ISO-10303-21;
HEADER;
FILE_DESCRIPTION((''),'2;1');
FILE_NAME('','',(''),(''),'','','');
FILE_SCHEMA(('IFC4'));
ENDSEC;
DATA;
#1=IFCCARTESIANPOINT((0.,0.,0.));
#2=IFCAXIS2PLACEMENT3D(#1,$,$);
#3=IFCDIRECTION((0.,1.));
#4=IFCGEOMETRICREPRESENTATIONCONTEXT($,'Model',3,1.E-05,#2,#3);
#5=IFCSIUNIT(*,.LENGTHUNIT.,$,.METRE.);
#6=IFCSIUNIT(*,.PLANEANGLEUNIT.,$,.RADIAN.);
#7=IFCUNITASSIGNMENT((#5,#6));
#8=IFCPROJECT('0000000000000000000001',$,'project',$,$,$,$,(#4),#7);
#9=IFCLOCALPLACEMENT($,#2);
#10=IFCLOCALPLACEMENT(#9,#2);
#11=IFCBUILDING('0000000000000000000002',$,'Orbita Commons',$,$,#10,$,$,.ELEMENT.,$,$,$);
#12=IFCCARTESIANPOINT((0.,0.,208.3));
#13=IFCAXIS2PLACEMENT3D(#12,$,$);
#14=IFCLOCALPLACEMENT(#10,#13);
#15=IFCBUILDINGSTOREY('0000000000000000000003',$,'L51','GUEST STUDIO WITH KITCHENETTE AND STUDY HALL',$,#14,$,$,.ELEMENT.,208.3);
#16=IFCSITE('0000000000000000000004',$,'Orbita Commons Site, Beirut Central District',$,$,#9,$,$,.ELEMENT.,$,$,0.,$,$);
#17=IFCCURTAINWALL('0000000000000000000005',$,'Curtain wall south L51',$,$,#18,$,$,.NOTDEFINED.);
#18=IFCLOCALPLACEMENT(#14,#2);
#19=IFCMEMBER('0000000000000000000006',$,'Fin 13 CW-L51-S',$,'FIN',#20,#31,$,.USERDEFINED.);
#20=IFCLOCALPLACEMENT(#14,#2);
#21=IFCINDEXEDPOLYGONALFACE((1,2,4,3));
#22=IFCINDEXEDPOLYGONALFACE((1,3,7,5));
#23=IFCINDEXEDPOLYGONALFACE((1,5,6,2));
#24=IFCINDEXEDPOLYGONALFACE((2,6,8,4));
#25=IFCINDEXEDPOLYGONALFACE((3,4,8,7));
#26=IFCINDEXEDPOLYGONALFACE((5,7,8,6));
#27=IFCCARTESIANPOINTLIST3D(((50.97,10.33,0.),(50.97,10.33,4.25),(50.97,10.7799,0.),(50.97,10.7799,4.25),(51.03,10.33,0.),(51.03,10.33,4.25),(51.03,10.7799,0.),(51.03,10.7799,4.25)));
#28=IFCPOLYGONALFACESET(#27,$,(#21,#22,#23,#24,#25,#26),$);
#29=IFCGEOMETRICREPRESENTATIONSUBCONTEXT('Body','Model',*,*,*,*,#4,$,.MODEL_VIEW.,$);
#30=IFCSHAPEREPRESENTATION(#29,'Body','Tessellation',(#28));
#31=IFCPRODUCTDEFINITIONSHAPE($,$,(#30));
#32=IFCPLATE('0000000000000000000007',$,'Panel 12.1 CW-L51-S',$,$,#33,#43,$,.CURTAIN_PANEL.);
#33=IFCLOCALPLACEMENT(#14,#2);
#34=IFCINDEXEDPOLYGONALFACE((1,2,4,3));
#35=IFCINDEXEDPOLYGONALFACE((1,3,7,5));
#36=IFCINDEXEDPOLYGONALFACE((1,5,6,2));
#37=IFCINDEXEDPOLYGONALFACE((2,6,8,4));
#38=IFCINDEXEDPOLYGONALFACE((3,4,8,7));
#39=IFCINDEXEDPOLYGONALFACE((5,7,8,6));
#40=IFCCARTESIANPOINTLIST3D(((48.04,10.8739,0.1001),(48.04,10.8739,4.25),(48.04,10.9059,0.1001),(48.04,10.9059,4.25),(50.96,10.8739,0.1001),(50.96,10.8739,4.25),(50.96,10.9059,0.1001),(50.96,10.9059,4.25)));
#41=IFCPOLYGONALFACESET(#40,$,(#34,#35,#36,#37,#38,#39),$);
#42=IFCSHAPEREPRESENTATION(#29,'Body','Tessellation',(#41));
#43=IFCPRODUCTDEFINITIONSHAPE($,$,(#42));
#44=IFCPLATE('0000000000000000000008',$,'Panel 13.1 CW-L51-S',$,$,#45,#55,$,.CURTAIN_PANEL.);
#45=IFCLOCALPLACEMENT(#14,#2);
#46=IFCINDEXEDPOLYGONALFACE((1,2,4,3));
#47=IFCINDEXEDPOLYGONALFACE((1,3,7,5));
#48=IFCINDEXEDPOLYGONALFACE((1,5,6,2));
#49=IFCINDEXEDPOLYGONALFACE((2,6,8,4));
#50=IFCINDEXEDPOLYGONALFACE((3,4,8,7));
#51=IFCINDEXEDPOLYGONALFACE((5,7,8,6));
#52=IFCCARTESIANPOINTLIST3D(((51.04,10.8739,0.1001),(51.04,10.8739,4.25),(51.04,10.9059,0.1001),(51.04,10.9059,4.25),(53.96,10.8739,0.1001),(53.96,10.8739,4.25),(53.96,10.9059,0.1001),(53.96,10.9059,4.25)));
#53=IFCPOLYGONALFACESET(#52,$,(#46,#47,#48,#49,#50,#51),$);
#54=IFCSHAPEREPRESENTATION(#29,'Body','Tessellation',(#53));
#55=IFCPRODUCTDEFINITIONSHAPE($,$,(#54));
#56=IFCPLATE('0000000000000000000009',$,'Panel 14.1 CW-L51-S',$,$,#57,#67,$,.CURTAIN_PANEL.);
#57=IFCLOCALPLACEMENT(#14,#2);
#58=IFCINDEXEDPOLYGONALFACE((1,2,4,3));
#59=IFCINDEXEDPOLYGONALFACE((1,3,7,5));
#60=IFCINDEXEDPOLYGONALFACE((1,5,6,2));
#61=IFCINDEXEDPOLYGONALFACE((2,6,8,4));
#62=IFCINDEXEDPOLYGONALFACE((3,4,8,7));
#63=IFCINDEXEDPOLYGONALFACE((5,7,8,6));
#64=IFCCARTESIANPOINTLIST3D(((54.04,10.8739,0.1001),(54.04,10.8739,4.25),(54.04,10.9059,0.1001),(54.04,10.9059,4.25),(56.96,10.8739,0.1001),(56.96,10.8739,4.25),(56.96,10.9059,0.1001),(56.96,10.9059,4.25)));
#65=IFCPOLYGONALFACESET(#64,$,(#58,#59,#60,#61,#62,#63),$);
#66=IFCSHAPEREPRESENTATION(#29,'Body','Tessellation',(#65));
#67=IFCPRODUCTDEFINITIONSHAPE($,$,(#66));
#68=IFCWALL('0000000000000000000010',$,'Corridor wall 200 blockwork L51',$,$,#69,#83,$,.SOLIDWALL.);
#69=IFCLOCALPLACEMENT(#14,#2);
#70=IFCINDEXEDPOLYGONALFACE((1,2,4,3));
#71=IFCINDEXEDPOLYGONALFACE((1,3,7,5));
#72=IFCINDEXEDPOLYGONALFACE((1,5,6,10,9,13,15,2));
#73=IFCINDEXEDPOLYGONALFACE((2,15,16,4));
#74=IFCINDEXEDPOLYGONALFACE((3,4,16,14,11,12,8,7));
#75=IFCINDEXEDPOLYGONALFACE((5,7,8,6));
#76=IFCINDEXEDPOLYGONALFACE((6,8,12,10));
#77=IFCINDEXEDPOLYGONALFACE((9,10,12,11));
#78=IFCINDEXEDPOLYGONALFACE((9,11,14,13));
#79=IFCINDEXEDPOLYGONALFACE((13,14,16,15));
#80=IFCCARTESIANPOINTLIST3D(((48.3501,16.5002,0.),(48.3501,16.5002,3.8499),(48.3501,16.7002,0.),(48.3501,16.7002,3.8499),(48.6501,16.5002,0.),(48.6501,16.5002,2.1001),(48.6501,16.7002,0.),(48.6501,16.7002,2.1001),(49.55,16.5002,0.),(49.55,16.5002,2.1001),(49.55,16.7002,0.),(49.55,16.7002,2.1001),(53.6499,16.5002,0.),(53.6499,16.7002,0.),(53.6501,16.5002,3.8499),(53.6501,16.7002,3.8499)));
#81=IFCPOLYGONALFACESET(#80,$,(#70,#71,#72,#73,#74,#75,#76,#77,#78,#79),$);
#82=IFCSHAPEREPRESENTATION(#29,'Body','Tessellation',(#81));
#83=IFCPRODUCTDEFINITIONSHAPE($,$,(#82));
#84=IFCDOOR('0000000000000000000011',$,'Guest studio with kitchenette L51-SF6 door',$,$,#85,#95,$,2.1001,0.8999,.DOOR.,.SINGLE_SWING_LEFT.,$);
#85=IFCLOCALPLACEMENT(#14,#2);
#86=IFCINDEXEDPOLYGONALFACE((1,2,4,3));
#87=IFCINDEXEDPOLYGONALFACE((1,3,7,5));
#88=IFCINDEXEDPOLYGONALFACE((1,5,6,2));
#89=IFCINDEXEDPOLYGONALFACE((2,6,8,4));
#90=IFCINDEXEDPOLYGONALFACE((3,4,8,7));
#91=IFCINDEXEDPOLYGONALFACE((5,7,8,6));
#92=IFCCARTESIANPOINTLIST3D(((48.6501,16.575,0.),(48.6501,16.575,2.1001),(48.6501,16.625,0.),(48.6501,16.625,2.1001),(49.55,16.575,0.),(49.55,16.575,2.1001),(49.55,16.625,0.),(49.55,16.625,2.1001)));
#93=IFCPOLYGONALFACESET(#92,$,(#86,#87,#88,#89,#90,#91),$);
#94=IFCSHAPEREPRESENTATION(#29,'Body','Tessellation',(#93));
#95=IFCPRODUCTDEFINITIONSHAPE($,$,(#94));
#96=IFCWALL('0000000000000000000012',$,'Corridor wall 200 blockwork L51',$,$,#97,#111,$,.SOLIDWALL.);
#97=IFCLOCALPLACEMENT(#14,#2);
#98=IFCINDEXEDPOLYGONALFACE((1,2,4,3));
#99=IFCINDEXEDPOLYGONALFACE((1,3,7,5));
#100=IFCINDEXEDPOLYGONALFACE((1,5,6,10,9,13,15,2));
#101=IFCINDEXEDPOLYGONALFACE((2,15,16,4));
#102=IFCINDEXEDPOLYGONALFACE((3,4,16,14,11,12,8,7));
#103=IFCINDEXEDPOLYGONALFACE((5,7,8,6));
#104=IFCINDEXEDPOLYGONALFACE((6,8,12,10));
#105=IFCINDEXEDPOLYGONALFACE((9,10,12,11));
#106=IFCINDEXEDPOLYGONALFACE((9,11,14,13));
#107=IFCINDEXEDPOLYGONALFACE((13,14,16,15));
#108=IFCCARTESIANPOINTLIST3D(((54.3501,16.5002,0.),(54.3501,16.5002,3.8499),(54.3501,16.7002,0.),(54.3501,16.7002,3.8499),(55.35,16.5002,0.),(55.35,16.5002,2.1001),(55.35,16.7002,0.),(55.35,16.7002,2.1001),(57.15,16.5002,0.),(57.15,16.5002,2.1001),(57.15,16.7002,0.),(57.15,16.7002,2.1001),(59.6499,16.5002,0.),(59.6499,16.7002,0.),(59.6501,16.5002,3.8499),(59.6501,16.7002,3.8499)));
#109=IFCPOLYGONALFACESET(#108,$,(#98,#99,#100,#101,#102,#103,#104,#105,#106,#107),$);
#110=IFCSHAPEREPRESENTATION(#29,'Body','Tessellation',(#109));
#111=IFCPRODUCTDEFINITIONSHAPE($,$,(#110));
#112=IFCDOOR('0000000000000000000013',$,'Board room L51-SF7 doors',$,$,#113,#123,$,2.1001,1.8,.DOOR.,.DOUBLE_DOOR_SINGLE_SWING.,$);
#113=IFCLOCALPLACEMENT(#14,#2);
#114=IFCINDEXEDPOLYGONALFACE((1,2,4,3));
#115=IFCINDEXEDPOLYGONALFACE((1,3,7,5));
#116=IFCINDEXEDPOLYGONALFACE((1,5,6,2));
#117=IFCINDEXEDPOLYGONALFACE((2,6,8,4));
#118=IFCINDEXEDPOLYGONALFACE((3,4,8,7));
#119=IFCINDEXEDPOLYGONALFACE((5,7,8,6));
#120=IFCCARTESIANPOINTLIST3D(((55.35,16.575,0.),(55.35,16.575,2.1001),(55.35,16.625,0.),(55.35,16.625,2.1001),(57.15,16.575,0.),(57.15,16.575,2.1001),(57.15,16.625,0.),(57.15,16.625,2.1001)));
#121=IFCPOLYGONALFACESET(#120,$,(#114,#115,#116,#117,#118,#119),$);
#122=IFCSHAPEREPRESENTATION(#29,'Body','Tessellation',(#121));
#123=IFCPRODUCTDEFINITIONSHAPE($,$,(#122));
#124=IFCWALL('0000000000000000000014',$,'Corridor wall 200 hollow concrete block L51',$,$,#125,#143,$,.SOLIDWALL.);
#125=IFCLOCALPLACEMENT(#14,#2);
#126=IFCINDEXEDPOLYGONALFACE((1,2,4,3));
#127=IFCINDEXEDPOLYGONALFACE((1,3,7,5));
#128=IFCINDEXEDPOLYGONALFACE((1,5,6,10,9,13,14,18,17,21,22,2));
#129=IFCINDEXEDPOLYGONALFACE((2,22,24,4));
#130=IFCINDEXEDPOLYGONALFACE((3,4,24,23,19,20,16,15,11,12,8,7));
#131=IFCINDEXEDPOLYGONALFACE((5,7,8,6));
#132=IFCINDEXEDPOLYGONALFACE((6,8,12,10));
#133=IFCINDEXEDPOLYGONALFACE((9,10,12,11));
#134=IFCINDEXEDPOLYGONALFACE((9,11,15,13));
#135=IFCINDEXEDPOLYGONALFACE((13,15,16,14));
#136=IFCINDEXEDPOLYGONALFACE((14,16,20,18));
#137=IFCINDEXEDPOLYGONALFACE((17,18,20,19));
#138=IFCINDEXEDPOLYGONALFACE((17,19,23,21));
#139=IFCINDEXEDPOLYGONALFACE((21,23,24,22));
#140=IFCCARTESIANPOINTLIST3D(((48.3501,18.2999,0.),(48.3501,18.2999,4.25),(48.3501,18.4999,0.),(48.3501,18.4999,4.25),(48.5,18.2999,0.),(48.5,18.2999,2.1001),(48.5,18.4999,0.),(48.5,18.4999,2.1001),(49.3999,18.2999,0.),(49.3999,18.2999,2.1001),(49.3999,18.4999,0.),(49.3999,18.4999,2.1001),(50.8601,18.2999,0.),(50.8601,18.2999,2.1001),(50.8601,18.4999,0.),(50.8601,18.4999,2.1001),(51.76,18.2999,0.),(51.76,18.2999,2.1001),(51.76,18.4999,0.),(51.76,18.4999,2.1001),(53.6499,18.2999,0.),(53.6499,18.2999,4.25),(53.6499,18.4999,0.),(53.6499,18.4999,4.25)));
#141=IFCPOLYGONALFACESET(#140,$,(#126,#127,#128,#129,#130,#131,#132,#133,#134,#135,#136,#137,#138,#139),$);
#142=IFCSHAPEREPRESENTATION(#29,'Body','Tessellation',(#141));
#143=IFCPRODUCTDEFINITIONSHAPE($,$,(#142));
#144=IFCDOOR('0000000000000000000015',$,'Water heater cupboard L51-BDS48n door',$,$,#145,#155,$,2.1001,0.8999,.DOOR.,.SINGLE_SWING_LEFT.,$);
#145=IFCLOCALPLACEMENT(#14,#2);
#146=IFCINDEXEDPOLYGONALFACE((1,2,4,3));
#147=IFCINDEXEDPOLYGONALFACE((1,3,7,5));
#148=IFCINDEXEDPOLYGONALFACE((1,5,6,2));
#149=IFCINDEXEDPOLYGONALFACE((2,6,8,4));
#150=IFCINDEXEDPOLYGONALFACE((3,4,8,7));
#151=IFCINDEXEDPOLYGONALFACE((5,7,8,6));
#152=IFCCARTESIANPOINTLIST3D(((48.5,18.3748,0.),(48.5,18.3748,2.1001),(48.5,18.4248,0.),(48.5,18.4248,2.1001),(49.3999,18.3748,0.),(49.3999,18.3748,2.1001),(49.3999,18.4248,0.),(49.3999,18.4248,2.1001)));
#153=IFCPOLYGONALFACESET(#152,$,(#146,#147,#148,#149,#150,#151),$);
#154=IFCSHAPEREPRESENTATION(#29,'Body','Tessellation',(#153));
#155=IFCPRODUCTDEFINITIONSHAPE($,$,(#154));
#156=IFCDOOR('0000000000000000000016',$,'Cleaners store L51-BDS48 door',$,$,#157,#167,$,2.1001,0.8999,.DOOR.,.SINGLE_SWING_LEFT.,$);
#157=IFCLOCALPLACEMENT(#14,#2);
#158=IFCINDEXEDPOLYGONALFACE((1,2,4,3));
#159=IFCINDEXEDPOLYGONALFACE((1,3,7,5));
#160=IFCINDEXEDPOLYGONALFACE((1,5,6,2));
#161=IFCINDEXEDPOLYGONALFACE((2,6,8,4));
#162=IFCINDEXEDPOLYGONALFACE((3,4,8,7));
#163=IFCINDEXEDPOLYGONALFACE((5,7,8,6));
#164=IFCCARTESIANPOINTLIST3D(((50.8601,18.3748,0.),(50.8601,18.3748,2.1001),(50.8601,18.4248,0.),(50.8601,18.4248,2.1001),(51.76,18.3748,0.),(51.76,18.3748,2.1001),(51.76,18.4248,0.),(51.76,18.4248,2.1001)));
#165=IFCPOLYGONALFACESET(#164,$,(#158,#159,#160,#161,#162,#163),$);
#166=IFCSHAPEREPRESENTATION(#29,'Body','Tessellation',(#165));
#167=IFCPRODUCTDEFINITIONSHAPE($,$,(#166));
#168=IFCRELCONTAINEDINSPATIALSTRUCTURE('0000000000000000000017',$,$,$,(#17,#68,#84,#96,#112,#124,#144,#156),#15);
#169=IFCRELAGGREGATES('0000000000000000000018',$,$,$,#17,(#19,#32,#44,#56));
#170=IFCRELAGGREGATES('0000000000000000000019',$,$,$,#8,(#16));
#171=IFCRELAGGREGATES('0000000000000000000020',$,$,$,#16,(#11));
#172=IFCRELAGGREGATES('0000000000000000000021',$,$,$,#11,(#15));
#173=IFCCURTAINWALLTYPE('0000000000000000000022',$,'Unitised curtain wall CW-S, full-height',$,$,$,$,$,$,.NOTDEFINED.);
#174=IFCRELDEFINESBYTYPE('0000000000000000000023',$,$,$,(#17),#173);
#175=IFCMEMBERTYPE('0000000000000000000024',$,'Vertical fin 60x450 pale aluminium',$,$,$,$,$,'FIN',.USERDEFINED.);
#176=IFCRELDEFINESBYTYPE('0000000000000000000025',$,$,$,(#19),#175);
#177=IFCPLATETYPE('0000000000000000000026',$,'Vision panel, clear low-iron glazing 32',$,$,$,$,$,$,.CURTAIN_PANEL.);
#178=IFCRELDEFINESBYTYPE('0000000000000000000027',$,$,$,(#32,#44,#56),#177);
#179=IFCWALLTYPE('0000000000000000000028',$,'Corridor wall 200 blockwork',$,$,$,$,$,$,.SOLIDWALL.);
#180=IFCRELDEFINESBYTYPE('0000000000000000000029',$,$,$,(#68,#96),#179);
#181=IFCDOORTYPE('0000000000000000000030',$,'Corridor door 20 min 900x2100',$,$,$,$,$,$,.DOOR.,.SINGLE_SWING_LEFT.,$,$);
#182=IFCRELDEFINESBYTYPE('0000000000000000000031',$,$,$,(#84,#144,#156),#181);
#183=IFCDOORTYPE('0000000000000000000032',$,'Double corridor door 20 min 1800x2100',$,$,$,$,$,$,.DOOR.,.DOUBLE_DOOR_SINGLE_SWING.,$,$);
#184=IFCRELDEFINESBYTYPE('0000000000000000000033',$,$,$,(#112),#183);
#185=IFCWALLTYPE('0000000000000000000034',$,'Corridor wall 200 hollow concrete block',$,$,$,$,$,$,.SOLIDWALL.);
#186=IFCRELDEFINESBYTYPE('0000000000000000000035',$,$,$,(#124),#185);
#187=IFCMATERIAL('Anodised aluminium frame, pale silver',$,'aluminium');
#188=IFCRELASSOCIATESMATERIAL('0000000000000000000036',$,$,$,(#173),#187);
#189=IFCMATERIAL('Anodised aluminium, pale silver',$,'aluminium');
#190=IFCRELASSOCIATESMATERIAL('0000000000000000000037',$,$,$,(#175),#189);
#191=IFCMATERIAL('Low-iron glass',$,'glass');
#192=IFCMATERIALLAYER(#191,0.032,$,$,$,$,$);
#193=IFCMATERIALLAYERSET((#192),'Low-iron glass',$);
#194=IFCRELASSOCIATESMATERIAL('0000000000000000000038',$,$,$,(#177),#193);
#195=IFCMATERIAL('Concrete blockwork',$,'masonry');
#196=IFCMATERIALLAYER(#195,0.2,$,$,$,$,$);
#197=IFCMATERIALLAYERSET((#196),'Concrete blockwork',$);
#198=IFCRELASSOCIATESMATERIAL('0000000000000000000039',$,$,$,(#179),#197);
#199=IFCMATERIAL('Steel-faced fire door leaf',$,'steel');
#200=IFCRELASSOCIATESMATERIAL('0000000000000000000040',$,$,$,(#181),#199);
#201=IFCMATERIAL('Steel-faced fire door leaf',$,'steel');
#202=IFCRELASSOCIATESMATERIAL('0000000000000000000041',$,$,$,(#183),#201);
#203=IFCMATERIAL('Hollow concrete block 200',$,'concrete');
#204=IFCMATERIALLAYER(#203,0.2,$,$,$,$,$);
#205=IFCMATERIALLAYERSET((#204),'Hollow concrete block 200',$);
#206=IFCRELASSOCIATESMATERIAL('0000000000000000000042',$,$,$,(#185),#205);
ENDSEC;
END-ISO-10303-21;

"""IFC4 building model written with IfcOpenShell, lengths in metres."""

from ifc_helpers import new_model, si_unit, direction, frame, frame_2d, origin, origin_2d, place, context, subcontext, project, spatial, polyline, rectangle, outline, extrude, material, layer, layer_set, material_profile, profile_set, type_object, element, fill, aggregate, save


model = new_model("IFC4")

# Units and contexts
model_context = context("Model", 3, precision=1e-05, world=origin(), true_north=direction((0.0, 1.0)))
body_context = subcontext(model_context, "Body", "Model", "MODEL_VIEW")
ifc_project = project(units=[si_unit("LENGTHUNIT", "METRE"), si_unit("PLANEANGLEUNIT", "RADIAN")], contexts=[model_context])

# Site, building, storey
site_placement = place(None, origin())
site = spatial("IfcSite", under=ifc_project, at=site_placement, Name="Orbita Commons Site, Beirut Central District", CompositionType="ELEMENT", RefElevation=0.0)
building_placement = place(site_placement, origin())
building = spatial("IfcBuilding", under=site, at=building_placement, Name="Orbita Commons", CompositionType="ELEMENT")
storey_placement = place(building_placement, frame((0.0, 0.0, 208.3)))
storey = spatial("IfcBuildingStorey", under=building, at=storey_placement, Name="L51", Description="GUEST STUDIO WITH KITCHENETTE AND STUDY HALL", CompositionType="ELEMENT", Elevation=208.3)

# Curtain wall
ifc_material_1 = material(Name="Anodised aluminium frame, pale silver", Category="aluminium")
curtain_wall_type = type_object("IfcCurtainWallType", Name="Unitised curtain wall CW-S, full-height", PredefinedType="NOTDEFINED", material=ifc_material_1)
curtain_wall_placement = place(storey_placement, origin())
curtain_wall = element("IfcCurtainWall", 1, at=curtain_wall_placement, inside=storey, type_object=curtain_wall_type, Name="Curtain wall south L51", PredefinedType="NOTDEFINED")

# Member
ifc_material_2 = material(Name="Anodised aluminium, pale silver", Category="aluminium")
ifc_material_profile_1 = material_profile(ifc_material_2, rectangle(XDim=0.0601, YDim=0.45, at=origin_2d()), Name="FIN 60x450")
ifc_profile_set_1 = profile_set([ifc_material_profile_1], Name="Anodised aluminium, pale silver")
member_type_1 = type_object("IfcMemberType", Name="Vertical fin 60x450 pale aluminium", ElementType="FIN", PredefinedType="USERDEFINED", material=ifc_profile_set_1)
member_1_placement = place(storey_placement, frame((51.0, 10.5549, 0.0), z_axis=(0.0, 0.0, 1.0), x_axis=(1.0, 0.0, 0.0)))
member_1 = element("IfcMember", 2, at=member_1_placement, type_object=member_type_1, Name="Fin 13 CW-L51-S", ObjectType="FIN", PredefinedType="USERDEFINED", context=body_context, shape_type="SweptSolid", body=[
    extrude(rectangle(XDim=0.0601, YDim=0.45, at=origin_2d()), origin(), (0.0, 0.0, 1.0), 4.25),
])

# Plates
ifc_material_3 = material(Name="Low-iron glass", Category="glass")
ifc_layer_1 = layer(ifc_material_3, 0.032)
ifc_layer_set_1 = layer_set([ifc_layer_1], Name="Low-iron glass")
plate_type = type_object("IfcPlateType", Name="Vision panel, clear low-iron glazing 32", PredefinedType="CURTAIN_PANEL", material=ifc_layer_set_1)
plate_1_placement = place(storey_placement, frame((49.5, 10.8899, 0.1001), z_axis=(0.0, 0.0, 1.0), x_axis=(1.0, 0.0, 0.0)))
plate_1 = element("IfcPlate", 3, at=plate_1_placement, type_object=plate_type, Name="Panel 12.1 CW-L51-S", PredefinedType="CURTAIN_PANEL", context=body_context, shape_type="SweptSolid", body=[
    extrude(rectangle(XDim=2.9199, YDim=0.032, at=origin_2d()), origin(), (0.0, 0.0, 1.0), 4.1499),
])
plate_2_placement = place(storey_placement, frame((52.5, 10.8899, 0.1001), z_axis=(0.0, 0.0, 1.0), x_axis=(1.0, 0.0, 0.0)))
plate_2 = element("IfcPlate", 4, at=plate_2_placement, type_object=plate_type, Name="Panel 13.1 CW-L51-S", PredefinedType="CURTAIN_PANEL", context=body_context, shape_type="SweptSolid", body=[
    extrude(rectangle(XDim=2.9199, YDim=0.032, at=origin_2d()), origin(), (0.0, 0.0, 1.0), 4.1499),
])
plate_3_placement = place(storey_placement, frame((55.5, 10.8899, 0.1001), z_axis=(0.0, 0.0, 1.0), x_axis=(1.0, 0.0, 0.0)))
plate_3 = element("IfcPlate", 5, at=plate_3_placement, type_object=plate_type, Name="Panel 14.1 CW-L51-S", PredefinedType="CURTAIN_PANEL", context=body_context, shape_type="SweptSolid", body=[
    extrude(rectangle(XDim=2.9199, YDim=0.032, at=origin_2d()), origin(), (0.0, 0.0, 1.0), 4.1499),
])
aggregate(curtain_wall, [member_1, plate_1, plate_2, plate_3])

# Walls, openings, doors
ifc_material_4 = material(Name="Concrete blockwork", Category="masonry")
ifc_layer_2 = layer(ifc_material_4, 0.2)
ifc_layer_set_2 = layer_set([ifc_layer_2], Name="Concrete blockwork")
wall_type_1 = type_object("IfcWallType", Name="Corridor wall 200 blockwork", PredefinedType="SOLIDWALL", material=ifc_layer_set_2)
wall_1_placement = place(storey_placement, frame((48.3501, 16.6001, 0.0), z_axis=(0.0, 0.0, 1.0), x_axis=(1.0, 0.0, 0.0)))
wall_1 = element("IfcWall", 6, at=wall_1_placement, inside=storey, type_object=wall_type_1, Name="Corridor wall 200 blockwork L51", PredefinedType="SOLIDWALL", context=body_context, shape_type="SweptSolid", body=[
    extrude(outline(polyline([(0.0, 0.0), (5.2998, 0.0), (5.3, 3.8499), (0.0, 3.8499), (0.0, 0.0)])), frame((0.0, 0.1001, 0.0), z_axis=(0.0, -1.0, 0.0), x_axis=(1.0, 0.0, 0.0)), (0.0, 0.0, 1.0), 0.2),
])
opening_1_placement = place(wall_1_placement, frame((0.3, 0.0, 0.0)))
opening_1 = element("IfcOpeningElement", 7, at=opening_1_placement, cuts=wall_1, PredefinedType="OPENING", context=body_context, shape_type="SweptSolid", body=[
    extrude(rectangle(XDim=0.8999, YDim=2.1001, at=frame_2d((0.45, 1.05))), frame((0.0, 0.1099, 0.0), z_axis=(0.0, -1.0, 0.0), x_axis=(1.0, 0.0, 0.0)), (0.0, 0.0, 1.0), 0.22),
])
ifc_material_5 = material(Name="Steel-faced fire door leaf", Category="steel")
door_type_1 = type_object("IfcDoorType", Name="Corridor door 20 min 900x2100", OperationType="SINGLE_SWING_LEFT", PredefinedType="DOOR", material=ifc_material_5)
door_1_placement = place(opening_1_placement, origin())
door_1 = element("IfcDoor", 8, at=door_1_placement, inside=storey, type_object=door_type_1, Name="Guest studio with kitchenette L51-SF6 door", OperationType="SINGLE_SWING_LEFT", OverallHeight=2.1001, OverallWidth=0.8999, PredefinedType="DOOR", context=body_context, shape_type="SweptSolid", body=[
    extrude(rectangle(XDim=0.8999, YDim=2.1001, at=frame_2d((0.45, 1.05))), frame((0.0, 0.0249, 0.0), z_axis=(0.0, -1.0, 0.0), x_axis=(1.0, 0.0, 0.0)), (0.0, 0.0, 1.0), 0.05),
])
fill(opening_1, door_1)
wall_2_placement = place(storey_placement, frame((54.3501, 16.6001, 0.0), z_axis=(0.0, 0.0, 1.0), x_axis=(1.0, 0.0, 0.0)))
wall_2 = element("IfcWall", 9, at=wall_2_placement, inside=storey, type_object=wall_type_1, Name="Corridor wall 200 blockwork L51", PredefinedType="SOLIDWALL", context=body_context, shape_type="SweptSolid", body=[
    extrude(outline(polyline([(0.0, 0.0), (5.2998, 0.0), (5.3, 3.8499), (0.0, 3.8499), (0.0, 0.0)])), frame((0.0, 0.1001, 0.0), z_axis=(0.0, -1.0, 0.0), x_axis=(1.0, 0.0, 0.0)), (0.0, 0.0, 1.0), 0.2),
])
opening_2_placement = place(wall_2_placement, frame((1.0, 0.0, 0.0)))
opening_2 = element("IfcOpeningElement", 10, at=opening_2_placement, cuts=wall_2, PredefinedType="OPENING", context=body_context, shape_type="SweptSolid", body=[
    extrude(rectangle(XDim=1.8, YDim=2.1001, at=frame_2d((0.8999, 1.05))), frame((0.0, 0.1099, 0.0), z_axis=(0.0, -1.0, 0.0), x_axis=(1.0, 0.0, 0.0)), (0.0, 0.0, 1.0), 0.22),
])
ifc_material_6 = material(Name="Steel-faced fire door leaf", Category="steel")
door_type_2 = type_object("IfcDoorType", Name="Double corridor door 20 min 1800x2100", OperationType="DOUBLE_DOOR_SINGLE_SWING", PredefinedType="DOOR", material=ifc_material_6)
door_2_placement = place(opening_2_placement, origin())
door_2 = element("IfcDoor", 11, at=door_2_placement, inside=storey, type_object=door_type_2, Name="Board room L51-SF7 doors", OperationType="DOUBLE_DOOR_SINGLE_SWING", OverallHeight=2.1001, OverallWidth=1.8, PredefinedType="DOOR", context=body_context, shape_type="SweptSolid", body=[
    extrude(rectangle(XDim=1.8, YDim=2.1001, at=frame_2d((0.8999, 1.05))), frame((0.0, 0.0249, 0.0), z_axis=(0.0, -1.0, 0.0), x_axis=(1.0, 0.0, 0.0)), (0.0, 0.0, 1.0), 0.05),
])
fill(opening_2, door_2)

# Wall, openings, doors
ifc_material_7 = material(Name="Hollow concrete block 200", Category="concrete")
ifc_layer_3 = layer(ifc_material_7, 0.2)
ifc_layer_set_3 = layer_set([ifc_layer_3], Name="Hollow concrete block 200")
wall_type_2 = type_object("IfcWallType", Name="Corridor wall 200 hollow concrete block", PredefinedType="SOLIDWALL", material=ifc_layer_set_3)
wall_3_placement = place(storey_placement, frame((48.3501, 18.3999, 0.0), z_axis=(0.0, 0.0, 1.0), x_axis=(1.0, 0.0, 0.0)))
wall_3 = element("IfcWall", 12, at=wall_3_placement, inside=storey, type_object=wall_type_2, Name="Corridor wall 200 hollow concrete block L51", PredefinedType="SOLIDWALL", context=body_context, shape_type="SweptSolid", body=[
    extrude(rectangle(XDim=5.2998, YDim=0.2, at=frame_2d((2.6499, 0.0))), origin(), (0.0, 0.0, 1.0), 4.25),
])
opening_3_placement = place(wall_3_placement, frame((0.1499, 0.0, 0.0)))
opening_3 = element("IfcOpeningElement", 13, at=opening_3_placement, cuts=wall_3, PredefinedType="OPENING", context=body_context, shape_type="SweptSolid", body=[
    extrude(rectangle(XDim=0.8999, YDim=2.1001, at=frame_2d((0.45, 1.05))), frame((0.0, 0.1099, 0.0), z_axis=(0.0, -1.0, 0.0), x_axis=(1.0, 0.0, 0.0)), (0.0, 0.0, 1.0), 0.22),
])
opening_4_placement = place(wall_3_placement, frame((2.51, 0.0, 0.0)))
opening_4 = element("IfcOpeningElement", 14, at=opening_4_placement, cuts=wall_3, PredefinedType="OPENING", context=body_context, shape_type="SweptSolid", body=[
    extrude(rectangle(XDim=0.8999, YDim=2.1001, at=frame_2d((0.45, 1.05))), frame((0.0, 0.1099, 0.0), z_axis=(0.0, -1.0, 0.0), x_axis=(1.0, 0.0, 0.0)), (0.0, 0.0, 1.0), 0.22),
])
door_3_placement = place(opening_3_placement, origin())
door_3 = element("IfcDoor", 15, at=door_3_placement, inside=storey, type_object=door_type_1, Name="Water heater cupboard L51-BDS48n door", OperationType="SINGLE_SWING_LEFT", OverallHeight=2.1001, OverallWidth=0.8999, PredefinedType="DOOR", context=body_context, shape_type="SweptSolid", body=[
    extrude(rectangle(XDim=0.8999, YDim=2.1001, at=frame_2d((0.45, 1.05))), frame((0.0, 0.0249, 0.0), z_axis=(0.0, -1.0, 0.0), x_axis=(1.0, 0.0, 0.0)), (0.0, 0.0, 1.0), 0.05),
])
fill(opening_3, door_3)
door_4_placement = place(opening_4_placement, origin())
door_4 = element("IfcDoor", 16, at=door_4_placement, inside=storey, type_object=door_type_1, Name="Cleaners store L51-BDS48 door", OperationType="SINGLE_SWING_LEFT", OverallHeight=2.1001, OverallWidth=0.8999, PredefinedType="DOOR", context=body_context, shape_type="SweptSolid", body=[
    extrude(rectangle(XDim=0.8999, YDim=2.1001, at=frame_2d((0.45, 1.05))), frame((0.0, 0.0249, 0.0), z_axis=(0.0, -1.0, 0.0), x_axis=(1.0, 0.0, 0.0)), (0.0, 0.0, 1.0), 0.05),
])
fill(opening_4, door_4)

save(model, "model.ifc")
